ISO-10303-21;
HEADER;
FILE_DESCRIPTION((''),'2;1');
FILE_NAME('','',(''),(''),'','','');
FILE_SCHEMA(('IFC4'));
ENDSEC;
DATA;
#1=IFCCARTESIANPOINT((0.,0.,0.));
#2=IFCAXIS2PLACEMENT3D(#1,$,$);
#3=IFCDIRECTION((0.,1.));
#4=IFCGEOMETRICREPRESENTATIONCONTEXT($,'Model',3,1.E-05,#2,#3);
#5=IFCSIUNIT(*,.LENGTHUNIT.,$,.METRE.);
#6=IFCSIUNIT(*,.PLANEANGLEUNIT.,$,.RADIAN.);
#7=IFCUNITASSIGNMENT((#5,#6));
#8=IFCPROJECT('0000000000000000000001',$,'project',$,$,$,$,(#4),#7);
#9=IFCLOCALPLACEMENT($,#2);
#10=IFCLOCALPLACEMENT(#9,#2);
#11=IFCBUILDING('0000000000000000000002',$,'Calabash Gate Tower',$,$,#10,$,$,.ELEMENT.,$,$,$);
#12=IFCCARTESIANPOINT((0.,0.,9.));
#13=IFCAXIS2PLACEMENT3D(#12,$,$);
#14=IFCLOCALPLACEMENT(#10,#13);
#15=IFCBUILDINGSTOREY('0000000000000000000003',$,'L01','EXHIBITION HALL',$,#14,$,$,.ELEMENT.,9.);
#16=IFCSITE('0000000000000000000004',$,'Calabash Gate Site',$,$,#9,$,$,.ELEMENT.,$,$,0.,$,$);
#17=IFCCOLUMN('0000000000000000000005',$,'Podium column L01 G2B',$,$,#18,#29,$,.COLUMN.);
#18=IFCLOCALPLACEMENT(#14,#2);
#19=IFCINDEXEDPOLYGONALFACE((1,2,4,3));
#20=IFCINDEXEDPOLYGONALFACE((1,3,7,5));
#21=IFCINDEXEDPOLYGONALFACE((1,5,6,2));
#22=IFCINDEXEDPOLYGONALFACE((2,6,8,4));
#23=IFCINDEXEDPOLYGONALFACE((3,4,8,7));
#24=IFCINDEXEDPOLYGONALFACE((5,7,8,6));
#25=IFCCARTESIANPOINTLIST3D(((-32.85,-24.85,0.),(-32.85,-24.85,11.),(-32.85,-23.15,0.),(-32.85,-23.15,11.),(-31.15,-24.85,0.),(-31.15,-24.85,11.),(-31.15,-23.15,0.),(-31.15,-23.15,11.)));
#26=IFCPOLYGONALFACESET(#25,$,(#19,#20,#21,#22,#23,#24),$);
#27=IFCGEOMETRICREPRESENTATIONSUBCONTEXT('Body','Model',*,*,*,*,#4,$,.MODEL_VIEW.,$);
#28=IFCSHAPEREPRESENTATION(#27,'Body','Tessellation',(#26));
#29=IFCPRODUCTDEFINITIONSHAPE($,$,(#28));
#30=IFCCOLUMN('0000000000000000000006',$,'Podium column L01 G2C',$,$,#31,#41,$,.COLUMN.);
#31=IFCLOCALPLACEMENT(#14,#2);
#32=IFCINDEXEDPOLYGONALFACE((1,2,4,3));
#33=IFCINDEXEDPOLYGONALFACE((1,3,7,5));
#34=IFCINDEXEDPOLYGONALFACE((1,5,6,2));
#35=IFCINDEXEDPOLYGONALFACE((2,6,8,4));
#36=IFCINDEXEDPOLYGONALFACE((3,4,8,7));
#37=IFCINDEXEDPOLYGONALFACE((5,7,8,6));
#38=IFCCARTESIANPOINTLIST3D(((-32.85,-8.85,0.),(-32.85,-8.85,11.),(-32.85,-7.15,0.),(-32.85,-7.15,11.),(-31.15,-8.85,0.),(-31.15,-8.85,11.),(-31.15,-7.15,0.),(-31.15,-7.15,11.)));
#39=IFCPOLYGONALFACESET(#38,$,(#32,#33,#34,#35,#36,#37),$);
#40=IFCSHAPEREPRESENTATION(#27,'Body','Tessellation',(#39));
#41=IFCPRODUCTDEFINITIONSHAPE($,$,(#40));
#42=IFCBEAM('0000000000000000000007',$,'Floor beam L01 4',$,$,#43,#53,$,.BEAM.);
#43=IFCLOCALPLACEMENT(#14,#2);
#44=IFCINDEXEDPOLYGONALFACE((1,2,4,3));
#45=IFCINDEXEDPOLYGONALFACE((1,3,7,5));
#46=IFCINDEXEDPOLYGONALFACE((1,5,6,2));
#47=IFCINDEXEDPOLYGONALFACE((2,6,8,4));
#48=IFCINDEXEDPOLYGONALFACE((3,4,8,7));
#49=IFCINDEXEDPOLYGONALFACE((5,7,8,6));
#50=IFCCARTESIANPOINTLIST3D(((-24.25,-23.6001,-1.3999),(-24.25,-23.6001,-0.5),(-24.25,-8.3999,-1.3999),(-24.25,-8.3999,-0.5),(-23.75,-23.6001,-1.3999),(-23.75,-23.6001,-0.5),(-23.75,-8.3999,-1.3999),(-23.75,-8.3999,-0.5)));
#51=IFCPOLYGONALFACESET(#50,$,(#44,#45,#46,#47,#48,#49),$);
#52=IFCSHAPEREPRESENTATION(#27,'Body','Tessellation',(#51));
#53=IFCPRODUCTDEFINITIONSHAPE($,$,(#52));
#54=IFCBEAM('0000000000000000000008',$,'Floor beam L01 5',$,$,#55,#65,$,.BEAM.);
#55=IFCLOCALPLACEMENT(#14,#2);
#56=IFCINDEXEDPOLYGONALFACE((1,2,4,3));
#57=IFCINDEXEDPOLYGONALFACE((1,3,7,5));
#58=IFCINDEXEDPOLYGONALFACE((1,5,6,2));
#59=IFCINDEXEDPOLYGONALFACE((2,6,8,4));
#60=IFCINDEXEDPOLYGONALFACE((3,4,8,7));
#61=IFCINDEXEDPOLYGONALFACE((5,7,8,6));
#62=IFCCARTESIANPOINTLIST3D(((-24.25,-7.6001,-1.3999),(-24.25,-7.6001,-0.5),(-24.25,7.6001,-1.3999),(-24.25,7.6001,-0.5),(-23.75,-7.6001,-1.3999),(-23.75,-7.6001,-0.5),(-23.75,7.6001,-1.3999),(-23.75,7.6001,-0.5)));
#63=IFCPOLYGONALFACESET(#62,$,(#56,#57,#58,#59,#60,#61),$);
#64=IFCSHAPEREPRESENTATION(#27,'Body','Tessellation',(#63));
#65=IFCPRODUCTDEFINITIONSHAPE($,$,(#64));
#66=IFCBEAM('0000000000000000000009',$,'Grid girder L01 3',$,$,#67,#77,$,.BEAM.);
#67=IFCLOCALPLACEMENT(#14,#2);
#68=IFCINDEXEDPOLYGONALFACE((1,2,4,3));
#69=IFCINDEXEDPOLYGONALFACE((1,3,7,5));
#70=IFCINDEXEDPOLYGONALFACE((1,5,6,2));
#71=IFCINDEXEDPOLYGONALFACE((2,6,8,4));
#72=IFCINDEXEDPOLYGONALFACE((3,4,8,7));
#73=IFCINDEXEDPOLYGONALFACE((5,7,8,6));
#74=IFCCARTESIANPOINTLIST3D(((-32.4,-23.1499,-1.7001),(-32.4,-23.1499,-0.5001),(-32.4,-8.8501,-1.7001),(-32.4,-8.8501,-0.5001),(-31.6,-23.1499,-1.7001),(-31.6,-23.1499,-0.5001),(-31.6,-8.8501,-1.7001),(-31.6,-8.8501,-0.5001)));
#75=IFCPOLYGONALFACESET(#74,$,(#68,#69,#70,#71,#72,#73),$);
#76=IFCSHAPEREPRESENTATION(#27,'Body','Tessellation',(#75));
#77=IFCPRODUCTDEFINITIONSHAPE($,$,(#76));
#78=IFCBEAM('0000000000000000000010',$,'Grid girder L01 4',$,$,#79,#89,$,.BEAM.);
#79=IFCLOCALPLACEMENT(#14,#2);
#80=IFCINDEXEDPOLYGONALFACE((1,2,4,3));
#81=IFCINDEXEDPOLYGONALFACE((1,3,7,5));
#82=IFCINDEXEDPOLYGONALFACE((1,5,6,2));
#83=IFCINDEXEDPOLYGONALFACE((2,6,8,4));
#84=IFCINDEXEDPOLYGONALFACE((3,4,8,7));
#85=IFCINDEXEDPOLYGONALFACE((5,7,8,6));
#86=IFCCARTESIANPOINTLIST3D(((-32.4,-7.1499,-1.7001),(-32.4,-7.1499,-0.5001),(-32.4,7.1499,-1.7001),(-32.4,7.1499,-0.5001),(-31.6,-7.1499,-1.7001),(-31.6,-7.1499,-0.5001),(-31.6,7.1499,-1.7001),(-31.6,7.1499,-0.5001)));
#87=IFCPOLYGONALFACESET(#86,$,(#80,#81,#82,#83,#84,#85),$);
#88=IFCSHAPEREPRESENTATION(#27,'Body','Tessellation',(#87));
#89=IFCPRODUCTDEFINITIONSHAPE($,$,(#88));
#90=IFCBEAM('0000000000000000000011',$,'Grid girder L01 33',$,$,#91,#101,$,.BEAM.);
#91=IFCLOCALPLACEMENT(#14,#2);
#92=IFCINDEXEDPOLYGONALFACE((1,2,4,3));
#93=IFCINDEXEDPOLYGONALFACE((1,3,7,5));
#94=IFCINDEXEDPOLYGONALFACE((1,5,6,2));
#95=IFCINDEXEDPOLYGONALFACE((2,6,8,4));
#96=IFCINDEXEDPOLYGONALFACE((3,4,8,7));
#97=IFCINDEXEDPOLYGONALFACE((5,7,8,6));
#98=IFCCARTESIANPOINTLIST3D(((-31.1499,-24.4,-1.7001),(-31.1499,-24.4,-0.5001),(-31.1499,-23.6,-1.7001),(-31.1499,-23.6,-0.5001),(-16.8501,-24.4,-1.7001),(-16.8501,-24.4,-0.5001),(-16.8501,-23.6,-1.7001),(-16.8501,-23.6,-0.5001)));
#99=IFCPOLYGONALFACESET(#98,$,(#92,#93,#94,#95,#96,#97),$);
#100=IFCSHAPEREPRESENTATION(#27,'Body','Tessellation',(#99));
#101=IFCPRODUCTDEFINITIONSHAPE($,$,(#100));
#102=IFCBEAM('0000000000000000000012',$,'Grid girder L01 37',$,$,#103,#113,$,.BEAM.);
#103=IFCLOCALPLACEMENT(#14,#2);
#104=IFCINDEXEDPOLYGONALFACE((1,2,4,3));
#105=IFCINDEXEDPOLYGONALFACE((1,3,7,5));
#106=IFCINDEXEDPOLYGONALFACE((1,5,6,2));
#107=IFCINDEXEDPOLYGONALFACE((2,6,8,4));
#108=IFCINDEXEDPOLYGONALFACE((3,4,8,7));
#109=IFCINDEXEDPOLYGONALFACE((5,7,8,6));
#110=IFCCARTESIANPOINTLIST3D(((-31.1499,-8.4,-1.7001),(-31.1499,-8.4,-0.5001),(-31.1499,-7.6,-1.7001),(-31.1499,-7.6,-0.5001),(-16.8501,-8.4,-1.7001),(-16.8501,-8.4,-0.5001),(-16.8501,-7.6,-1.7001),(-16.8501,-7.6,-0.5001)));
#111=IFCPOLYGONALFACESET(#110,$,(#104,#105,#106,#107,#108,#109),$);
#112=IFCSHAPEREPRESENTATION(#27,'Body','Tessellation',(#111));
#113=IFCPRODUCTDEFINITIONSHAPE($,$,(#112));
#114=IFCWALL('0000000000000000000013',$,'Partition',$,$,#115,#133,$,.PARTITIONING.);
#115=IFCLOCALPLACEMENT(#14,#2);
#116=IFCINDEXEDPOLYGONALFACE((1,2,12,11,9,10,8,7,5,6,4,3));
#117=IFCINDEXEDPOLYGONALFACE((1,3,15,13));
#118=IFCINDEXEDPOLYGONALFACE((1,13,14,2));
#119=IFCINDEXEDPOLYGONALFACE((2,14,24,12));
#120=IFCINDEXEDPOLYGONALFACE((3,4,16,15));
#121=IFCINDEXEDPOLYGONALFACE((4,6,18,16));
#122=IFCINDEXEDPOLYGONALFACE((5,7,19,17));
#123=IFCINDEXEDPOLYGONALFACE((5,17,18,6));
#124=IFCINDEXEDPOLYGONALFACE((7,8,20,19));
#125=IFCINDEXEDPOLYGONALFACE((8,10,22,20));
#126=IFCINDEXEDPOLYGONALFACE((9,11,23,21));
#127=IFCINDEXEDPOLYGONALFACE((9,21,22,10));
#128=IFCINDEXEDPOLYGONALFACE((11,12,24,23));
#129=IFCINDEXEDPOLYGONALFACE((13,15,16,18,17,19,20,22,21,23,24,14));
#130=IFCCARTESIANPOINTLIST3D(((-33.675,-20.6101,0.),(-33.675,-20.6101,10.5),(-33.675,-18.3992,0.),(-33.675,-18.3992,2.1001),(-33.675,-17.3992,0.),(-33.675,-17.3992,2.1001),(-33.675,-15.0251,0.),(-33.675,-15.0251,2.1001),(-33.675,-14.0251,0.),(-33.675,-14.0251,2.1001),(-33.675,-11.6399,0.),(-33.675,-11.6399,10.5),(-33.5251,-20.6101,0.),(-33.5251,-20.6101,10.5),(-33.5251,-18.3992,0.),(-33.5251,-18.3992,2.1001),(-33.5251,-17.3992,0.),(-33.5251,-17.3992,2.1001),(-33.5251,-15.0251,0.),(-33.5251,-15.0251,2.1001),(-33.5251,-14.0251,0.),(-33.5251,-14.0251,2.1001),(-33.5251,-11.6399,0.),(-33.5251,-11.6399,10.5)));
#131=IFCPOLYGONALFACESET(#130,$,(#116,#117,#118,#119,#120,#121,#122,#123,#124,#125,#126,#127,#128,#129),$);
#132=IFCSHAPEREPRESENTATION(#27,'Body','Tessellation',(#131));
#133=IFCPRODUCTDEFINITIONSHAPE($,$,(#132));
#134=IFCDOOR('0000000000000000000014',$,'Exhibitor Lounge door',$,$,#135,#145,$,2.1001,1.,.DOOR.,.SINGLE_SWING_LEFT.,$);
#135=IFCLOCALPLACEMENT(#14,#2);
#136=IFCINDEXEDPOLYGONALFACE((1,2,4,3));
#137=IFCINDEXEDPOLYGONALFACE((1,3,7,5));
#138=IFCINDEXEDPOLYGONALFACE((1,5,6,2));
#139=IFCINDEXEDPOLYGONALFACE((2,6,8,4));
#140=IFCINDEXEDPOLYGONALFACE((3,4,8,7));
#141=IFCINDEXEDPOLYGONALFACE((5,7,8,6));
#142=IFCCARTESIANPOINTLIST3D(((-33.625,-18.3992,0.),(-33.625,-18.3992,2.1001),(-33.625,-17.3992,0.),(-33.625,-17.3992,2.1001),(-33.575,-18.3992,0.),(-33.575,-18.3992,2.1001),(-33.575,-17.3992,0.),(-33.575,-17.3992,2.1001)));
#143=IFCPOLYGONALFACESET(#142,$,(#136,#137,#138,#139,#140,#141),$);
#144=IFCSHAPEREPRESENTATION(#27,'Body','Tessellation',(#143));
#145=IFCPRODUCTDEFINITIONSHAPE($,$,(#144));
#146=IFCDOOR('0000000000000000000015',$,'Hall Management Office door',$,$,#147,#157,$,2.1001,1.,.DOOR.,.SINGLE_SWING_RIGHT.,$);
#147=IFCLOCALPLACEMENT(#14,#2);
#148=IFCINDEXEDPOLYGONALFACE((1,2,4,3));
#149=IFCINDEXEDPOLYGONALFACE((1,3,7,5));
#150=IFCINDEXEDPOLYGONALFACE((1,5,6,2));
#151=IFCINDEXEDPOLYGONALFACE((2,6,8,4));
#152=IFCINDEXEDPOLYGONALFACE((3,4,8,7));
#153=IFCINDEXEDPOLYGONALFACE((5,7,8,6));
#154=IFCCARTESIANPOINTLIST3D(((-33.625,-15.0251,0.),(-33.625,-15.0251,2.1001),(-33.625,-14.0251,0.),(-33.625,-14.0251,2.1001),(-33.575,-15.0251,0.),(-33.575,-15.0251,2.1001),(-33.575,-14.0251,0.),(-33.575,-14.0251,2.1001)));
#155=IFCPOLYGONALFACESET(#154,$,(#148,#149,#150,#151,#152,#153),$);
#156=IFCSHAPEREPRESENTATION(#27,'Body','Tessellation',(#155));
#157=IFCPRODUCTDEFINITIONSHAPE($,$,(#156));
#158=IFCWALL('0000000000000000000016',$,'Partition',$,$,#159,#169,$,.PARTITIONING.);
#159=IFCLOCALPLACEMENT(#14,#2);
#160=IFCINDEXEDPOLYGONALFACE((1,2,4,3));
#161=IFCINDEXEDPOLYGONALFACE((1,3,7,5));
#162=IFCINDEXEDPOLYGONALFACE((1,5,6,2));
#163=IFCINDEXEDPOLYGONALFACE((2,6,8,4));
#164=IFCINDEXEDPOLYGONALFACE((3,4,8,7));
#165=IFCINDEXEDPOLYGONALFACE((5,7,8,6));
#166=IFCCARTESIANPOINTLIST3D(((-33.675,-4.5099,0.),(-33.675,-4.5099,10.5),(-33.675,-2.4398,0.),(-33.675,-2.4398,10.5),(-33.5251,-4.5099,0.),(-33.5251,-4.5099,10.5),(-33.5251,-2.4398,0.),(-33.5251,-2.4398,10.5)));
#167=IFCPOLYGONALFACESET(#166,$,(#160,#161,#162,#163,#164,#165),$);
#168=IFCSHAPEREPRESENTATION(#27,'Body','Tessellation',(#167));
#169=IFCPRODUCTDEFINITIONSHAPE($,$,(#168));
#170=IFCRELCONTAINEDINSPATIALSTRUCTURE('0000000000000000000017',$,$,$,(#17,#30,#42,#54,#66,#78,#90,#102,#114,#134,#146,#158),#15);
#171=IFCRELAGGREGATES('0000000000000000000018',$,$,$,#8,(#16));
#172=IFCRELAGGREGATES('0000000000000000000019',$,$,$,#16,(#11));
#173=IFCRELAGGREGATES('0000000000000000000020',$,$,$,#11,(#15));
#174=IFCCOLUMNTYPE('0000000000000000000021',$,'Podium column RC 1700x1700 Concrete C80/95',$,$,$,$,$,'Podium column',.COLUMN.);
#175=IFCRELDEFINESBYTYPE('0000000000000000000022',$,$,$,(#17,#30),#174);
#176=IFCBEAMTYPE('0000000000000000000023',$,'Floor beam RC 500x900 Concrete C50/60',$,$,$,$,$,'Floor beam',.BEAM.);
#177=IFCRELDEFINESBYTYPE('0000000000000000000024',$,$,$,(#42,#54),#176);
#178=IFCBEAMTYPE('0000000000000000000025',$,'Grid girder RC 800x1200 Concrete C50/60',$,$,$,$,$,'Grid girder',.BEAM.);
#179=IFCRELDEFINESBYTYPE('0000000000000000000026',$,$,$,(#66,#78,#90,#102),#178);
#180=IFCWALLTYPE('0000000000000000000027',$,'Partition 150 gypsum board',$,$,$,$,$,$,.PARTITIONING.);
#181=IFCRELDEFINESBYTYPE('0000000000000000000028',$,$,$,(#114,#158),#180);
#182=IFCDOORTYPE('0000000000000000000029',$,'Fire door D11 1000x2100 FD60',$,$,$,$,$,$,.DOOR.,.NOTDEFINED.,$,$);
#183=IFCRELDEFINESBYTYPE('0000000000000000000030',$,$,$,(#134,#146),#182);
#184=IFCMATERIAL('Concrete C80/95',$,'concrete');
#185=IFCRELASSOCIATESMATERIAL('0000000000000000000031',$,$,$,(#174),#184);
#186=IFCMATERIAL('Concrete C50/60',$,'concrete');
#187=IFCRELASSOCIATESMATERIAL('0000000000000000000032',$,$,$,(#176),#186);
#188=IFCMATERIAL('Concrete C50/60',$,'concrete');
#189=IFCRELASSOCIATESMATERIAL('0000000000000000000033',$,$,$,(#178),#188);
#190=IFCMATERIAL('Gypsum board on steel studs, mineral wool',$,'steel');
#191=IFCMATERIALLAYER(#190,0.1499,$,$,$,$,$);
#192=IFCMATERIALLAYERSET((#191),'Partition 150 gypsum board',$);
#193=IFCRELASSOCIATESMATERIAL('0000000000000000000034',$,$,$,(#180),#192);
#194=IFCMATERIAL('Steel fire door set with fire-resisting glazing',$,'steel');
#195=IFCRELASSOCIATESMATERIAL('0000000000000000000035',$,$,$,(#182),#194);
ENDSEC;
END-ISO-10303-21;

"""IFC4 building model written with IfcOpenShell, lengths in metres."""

from ifc_helpers import new_model, si_unit, direction, frame, frame_2d, origin, origin_2d, place, context, subcontext, project, spatial, rectangle, extrude, material, layer, layer_set, material_profile, profile_set, type_object, element, fill, save


model = new_model("IFC4")

# Units and contexts
model_context = context("Model", 3, precision=1e-05, world=origin(), true_north=direction((0.0, 1.0)))
body_context = subcontext(model_context, "Body", "Model", "MODEL_VIEW")
ifc_project = project(units=[si_unit("LENGTHUNIT", "METRE"), si_unit("PLANEANGLEUNIT", "RADIAN")], contexts=[model_context])

# Site, building, storey
site_placement = place(None, origin())
site = spatial("IfcSite", under=ifc_project, at=site_placement, Name="Calabash Gate Site", CompositionType="ELEMENT", RefElevation=0.0)
building_placement = place(site_placement, origin())
building = spatial("IfcBuilding", under=site, at=building_placement, Name="Calabash Gate Tower", CompositionType="ELEMENT")
storey_placement = place(building_placement, frame((0.0, 0.0, 9.0)))
storey = spatial("IfcBuildingStorey", under=building, at=storey_placement, Name="L01", Description="EXHIBITION HALL", CompositionType="ELEMENT", Elevation=9.0)

# Columns
ifc_material_1 = material(Name="Concrete C80/95", Category="concrete")
ifc_material_profile_1 = material_profile(ifc_material_1, rectangle(XDim=1.7, YDim=1.7, at=origin_2d()))
ifc_profile_set_1 = profile_set([ifc_material_profile_1], Name="Concrete C80/95")
column_type = type_object("IfcColumnType", Name="Podium column RC 1700x1700 Concrete C80/95", ElementType="Podium column", PredefinedType="COLUMN", material=ifc_profile_set_1)
for number, where, z_axis, x_axis, name in (
    (1, (-32.0, -24.0, 0.0), (0.0, 0.0, 1.0), (1.0, 0.0, 0.0), "Podium column L01 G2B"),
    (2, (-32.0, -8.0, 0.0), (0.0, 0.0, 1.0), (1.0, 0.0, 0.0), "Podium column L01 G2C"),
):
    element("IfcColumn", number, at=place(storey_placement, frame(where, z_axis=z_axis, x_axis=x_axis)), inside=storey, type_object=column_type, Name=name, PredefinedType="COLUMN", context=body_context, shape_type="SweptSolid", body=[
        extrude(rectangle(XDim=1.7, YDim=1.7, at=origin_2d()), origin(), (0.0, 0.0, 1.0), 11.0),
    ])

# Beams
ifc_material_2 = material(Name="Concrete C50/60", Category="concrete")
ifc_material_profile_2 = material_profile(ifc_material_2, rectangle(XDim=0.5, YDim=0.8999, at=origin_2d()))
ifc_profile_set_2 = profile_set([ifc_material_profile_2], Name="Concrete C50/60")
beam_type_1 = type_object("IfcBeamType", Name="Floor beam RC 500x900 Concrete C50/60", ElementType="Floor beam", PredefinedType="BEAM", material=ifc_profile_set_2)
for number, where, z_axis, x_axis, name in (
    (3, (-24.0, -23.6001, -0.95), (0.0, 1.0, 0.0), (-1.0, 0.0, 0.0), "Floor beam L01 4"),
    (4, (-24.0, -7.6001, -0.95), (0.0, 1.0, 0.0), (-1.0, 0.0, 0.0), "Floor beam L01 5"),
):
    element("IfcBeam", number, at=place(storey_placement, frame(where, z_axis=z_axis, x_axis=x_axis)), inside=storey, type_object=beam_type_1, Name=name, PredefinedType="BEAM", context=body_context, shape_type="SweptSolid", body=[
        extrude(rectangle(XDim=0.5, YDim=0.8999, at=origin_2d()), origin(), (0.0, 0.0, 1.0), 15.2002),
    ])
ifc_material_3 = material(Name="Concrete C50/60", Category="concrete")
ifc_material_profile_3 = material_profile(ifc_material_3, rectangle(XDim=0.8, YDim=1.2, at=origin_2d()))
ifc_profile_set_3 = profile_set([ifc_material_profile_3], Name="Concrete C50/60")
beam_type_2 = type_object("IfcBeamType", Name="Grid girder RC 800x1200 Concrete C50/60", ElementType="Grid girder", PredefinedType="BEAM", material=ifc_profile_set_3)
for number, where, z_axis, x_axis, name in (
    (5, (-32.0, -23.1499, -1.1001), (0.0, 1.0, 0.0), (-1.0, 0.0, 0.0), "Grid girder L01 3"),
    (6, (-32.0, -7.1499, -1.1001), (0.0, 1.0, 0.0), (-1.0, 0.0, 0.0), "Grid girder L01 4"),
    (7, (-31.1499, -24.0, -1.1001), (1.0, 0.0, 0.0), (0.0, 1.0, 0.0), "Grid girder L01 33"),
    (8, (-31.1499, -8.0, -1.1001), (1.0, 0.0, 0.0), (0.0, 1.0, 0.0), "Grid girder L01 37"),
):
    element("IfcBeam", number, at=place(storey_placement, frame(where, z_axis=z_axis, x_axis=x_axis)), inside=storey, type_object=beam_type_2, Name=name, PredefinedType="BEAM", context=body_context, shape_type="SweptSolid", body=[
        extrude(rectangle(XDim=0.8, YDim=1.2, at=origin_2d()), origin(), (0.0, 0.0, 1.0), 14.2998),
    ])

# Wall, openings, doors
ifc_material_4 = material(Name="Gypsum board on steel studs, mineral wool", Category="steel")
ifc_layer_1 = layer(ifc_material_4, 0.1499)
ifc_layer_set_1 = layer_set([ifc_layer_1], Name="Partition 150 gypsum board")
wall_type_1 = type_object("IfcWallType", Name="Partition 150 gypsum board", PredefinedType="PARTITIONING", material=ifc_layer_set_1)
wall_1_placement = place(storey_placement, frame((-33.6001, -20.6101, 0.0), z_axis=(0.0, 0.0, 1.0), x_axis=(0.0, 1.0, 0.0)))
wall_1 = element("IfcWall", 9, at=wall_1_placement, inside=storey, type_object=wall_type_1, Name="Partition", PredefinedType="PARTITIONING", context=body_context, shape_type="SweptSolid", body=[
    extrude(rectangle(XDim=8.9702, YDim=0.1499, at=frame_2d((4.4851, 0.0))), origin(), (0.0, 0.0, 1.0), 10.5),
])
opening_1_placement = place(wall_1_placement, frame((2.2109, 0.0, 0.0)))
opening_1 = element("IfcOpeningElement", 10, at=opening_1_placement, cuts=wall_1, PredefinedType="OPENING", context=body_context, shape_type="SweptSolid", body=[
    extrude(rectangle(XDim=1.0, YDim=2.1001, at=frame_2d((0.5, 1.05))), frame((0.0, 0.085, 0.0), z_axis=(0.0, -1.0, 0.0), x_axis=(1.0, 0.0, 0.0)), (0.0, 0.0, 1.0), 0.1699),
])
opening_2_placement = place(wall_1_placement, frame((5.585, 0.0, 0.0)))
opening_2 = element("IfcOpeningElement", 11, at=opening_2_placement, cuts=wall_1, PredefinedType="OPENING", context=body_context, shape_type="SweptSolid", body=[
    extrude(rectangle(XDim=1.0, YDim=2.1001, at=frame_2d((0.5, 1.05))), frame((0.0, 0.085, 0.0), z_axis=(0.0, -1.0, 0.0), x_axis=(1.0, 0.0, 0.0)), (0.0, 0.0, 1.0), 0.1699),
])
ifc_material_5 = material(Name="Steel fire door set with fire-resisting glazing", Category="steel")
door_type_1 = type_object("IfcDoorType", Name="Fire door D11 1000x2100 FD60", OperationType="NOTDEFINED", PredefinedType="DOOR", material=ifc_material_5)
door_1_placement = place(opening_1_placement, origin())
door_1 = element("IfcDoor", 12, at=door_1_placement, inside=storey, type_object=door_type_1, Name="Exhibitor Lounge door", OperationType="SINGLE_SWING_LEFT", OverallHeight=2.1001, OverallWidth=1.0, PredefinedType="DOOR", context=body_context, shape_type="SweptSolid", body=[
    extrude(rectangle(XDim=1.0, YDim=2.1001, at=frame_2d((0.5, 1.05))), frame((0.0, 0.0249, 0.0), z_axis=(0.0, -1.0, 0.0), x_axis=(1.0, 0.0, 0.0)), (0.0, 0.0, 1.0), 0.05),
])
fill(opening_1, door_1)
door_2_placement = place(opening_2_placement, origin())
door_2 = element("IfcDoor", 13, at=door_2_placement, inside=storey, type_object=door_type_1, Name="Hall Management Office door", OperationType="SINGLE_SWING_RIGHT", OverallHeight=2.1001, OverallWidth=1.0, PredefinedType="DOOR", context=body_context, shape_type="SweptSolid", body=[
    extrude(rectangle(XDim=1.0, YDim=2.1001, at=frame_2d((0.5, 1.05))), frame((0.0, 0.0249, 0.0), z_axis=(0.0, -1.0, 0.0), x_axis=(1.0, 0.0, 0.0)), (0.0, 0.0, 1.0), 0.05),
])
fill(opening_2, door_2)

# Wall
wall_2_placement = place(storey_placement, frame((-33.6001, -4.51, 0.0), z_axis=(0.0, 0.0, 1.0), x_axis=(0.0, 1.0, 0.0)))
element("IfcWall", 14, at=wall_2_placement, inside=storey, type_object=wall_type_1, Name="Partition", PredefinedType="PARTITIONING", context=body_context, shape_type="SweptSolid", body=[
    extrude(rectangle(XDim=2.0701, YDim=0.1499, at=frame_2d((1.0352, 0.0))), origin(), (0.0, 0.0, 1.0), 10.5),
])

save(model, "model.ifc")
